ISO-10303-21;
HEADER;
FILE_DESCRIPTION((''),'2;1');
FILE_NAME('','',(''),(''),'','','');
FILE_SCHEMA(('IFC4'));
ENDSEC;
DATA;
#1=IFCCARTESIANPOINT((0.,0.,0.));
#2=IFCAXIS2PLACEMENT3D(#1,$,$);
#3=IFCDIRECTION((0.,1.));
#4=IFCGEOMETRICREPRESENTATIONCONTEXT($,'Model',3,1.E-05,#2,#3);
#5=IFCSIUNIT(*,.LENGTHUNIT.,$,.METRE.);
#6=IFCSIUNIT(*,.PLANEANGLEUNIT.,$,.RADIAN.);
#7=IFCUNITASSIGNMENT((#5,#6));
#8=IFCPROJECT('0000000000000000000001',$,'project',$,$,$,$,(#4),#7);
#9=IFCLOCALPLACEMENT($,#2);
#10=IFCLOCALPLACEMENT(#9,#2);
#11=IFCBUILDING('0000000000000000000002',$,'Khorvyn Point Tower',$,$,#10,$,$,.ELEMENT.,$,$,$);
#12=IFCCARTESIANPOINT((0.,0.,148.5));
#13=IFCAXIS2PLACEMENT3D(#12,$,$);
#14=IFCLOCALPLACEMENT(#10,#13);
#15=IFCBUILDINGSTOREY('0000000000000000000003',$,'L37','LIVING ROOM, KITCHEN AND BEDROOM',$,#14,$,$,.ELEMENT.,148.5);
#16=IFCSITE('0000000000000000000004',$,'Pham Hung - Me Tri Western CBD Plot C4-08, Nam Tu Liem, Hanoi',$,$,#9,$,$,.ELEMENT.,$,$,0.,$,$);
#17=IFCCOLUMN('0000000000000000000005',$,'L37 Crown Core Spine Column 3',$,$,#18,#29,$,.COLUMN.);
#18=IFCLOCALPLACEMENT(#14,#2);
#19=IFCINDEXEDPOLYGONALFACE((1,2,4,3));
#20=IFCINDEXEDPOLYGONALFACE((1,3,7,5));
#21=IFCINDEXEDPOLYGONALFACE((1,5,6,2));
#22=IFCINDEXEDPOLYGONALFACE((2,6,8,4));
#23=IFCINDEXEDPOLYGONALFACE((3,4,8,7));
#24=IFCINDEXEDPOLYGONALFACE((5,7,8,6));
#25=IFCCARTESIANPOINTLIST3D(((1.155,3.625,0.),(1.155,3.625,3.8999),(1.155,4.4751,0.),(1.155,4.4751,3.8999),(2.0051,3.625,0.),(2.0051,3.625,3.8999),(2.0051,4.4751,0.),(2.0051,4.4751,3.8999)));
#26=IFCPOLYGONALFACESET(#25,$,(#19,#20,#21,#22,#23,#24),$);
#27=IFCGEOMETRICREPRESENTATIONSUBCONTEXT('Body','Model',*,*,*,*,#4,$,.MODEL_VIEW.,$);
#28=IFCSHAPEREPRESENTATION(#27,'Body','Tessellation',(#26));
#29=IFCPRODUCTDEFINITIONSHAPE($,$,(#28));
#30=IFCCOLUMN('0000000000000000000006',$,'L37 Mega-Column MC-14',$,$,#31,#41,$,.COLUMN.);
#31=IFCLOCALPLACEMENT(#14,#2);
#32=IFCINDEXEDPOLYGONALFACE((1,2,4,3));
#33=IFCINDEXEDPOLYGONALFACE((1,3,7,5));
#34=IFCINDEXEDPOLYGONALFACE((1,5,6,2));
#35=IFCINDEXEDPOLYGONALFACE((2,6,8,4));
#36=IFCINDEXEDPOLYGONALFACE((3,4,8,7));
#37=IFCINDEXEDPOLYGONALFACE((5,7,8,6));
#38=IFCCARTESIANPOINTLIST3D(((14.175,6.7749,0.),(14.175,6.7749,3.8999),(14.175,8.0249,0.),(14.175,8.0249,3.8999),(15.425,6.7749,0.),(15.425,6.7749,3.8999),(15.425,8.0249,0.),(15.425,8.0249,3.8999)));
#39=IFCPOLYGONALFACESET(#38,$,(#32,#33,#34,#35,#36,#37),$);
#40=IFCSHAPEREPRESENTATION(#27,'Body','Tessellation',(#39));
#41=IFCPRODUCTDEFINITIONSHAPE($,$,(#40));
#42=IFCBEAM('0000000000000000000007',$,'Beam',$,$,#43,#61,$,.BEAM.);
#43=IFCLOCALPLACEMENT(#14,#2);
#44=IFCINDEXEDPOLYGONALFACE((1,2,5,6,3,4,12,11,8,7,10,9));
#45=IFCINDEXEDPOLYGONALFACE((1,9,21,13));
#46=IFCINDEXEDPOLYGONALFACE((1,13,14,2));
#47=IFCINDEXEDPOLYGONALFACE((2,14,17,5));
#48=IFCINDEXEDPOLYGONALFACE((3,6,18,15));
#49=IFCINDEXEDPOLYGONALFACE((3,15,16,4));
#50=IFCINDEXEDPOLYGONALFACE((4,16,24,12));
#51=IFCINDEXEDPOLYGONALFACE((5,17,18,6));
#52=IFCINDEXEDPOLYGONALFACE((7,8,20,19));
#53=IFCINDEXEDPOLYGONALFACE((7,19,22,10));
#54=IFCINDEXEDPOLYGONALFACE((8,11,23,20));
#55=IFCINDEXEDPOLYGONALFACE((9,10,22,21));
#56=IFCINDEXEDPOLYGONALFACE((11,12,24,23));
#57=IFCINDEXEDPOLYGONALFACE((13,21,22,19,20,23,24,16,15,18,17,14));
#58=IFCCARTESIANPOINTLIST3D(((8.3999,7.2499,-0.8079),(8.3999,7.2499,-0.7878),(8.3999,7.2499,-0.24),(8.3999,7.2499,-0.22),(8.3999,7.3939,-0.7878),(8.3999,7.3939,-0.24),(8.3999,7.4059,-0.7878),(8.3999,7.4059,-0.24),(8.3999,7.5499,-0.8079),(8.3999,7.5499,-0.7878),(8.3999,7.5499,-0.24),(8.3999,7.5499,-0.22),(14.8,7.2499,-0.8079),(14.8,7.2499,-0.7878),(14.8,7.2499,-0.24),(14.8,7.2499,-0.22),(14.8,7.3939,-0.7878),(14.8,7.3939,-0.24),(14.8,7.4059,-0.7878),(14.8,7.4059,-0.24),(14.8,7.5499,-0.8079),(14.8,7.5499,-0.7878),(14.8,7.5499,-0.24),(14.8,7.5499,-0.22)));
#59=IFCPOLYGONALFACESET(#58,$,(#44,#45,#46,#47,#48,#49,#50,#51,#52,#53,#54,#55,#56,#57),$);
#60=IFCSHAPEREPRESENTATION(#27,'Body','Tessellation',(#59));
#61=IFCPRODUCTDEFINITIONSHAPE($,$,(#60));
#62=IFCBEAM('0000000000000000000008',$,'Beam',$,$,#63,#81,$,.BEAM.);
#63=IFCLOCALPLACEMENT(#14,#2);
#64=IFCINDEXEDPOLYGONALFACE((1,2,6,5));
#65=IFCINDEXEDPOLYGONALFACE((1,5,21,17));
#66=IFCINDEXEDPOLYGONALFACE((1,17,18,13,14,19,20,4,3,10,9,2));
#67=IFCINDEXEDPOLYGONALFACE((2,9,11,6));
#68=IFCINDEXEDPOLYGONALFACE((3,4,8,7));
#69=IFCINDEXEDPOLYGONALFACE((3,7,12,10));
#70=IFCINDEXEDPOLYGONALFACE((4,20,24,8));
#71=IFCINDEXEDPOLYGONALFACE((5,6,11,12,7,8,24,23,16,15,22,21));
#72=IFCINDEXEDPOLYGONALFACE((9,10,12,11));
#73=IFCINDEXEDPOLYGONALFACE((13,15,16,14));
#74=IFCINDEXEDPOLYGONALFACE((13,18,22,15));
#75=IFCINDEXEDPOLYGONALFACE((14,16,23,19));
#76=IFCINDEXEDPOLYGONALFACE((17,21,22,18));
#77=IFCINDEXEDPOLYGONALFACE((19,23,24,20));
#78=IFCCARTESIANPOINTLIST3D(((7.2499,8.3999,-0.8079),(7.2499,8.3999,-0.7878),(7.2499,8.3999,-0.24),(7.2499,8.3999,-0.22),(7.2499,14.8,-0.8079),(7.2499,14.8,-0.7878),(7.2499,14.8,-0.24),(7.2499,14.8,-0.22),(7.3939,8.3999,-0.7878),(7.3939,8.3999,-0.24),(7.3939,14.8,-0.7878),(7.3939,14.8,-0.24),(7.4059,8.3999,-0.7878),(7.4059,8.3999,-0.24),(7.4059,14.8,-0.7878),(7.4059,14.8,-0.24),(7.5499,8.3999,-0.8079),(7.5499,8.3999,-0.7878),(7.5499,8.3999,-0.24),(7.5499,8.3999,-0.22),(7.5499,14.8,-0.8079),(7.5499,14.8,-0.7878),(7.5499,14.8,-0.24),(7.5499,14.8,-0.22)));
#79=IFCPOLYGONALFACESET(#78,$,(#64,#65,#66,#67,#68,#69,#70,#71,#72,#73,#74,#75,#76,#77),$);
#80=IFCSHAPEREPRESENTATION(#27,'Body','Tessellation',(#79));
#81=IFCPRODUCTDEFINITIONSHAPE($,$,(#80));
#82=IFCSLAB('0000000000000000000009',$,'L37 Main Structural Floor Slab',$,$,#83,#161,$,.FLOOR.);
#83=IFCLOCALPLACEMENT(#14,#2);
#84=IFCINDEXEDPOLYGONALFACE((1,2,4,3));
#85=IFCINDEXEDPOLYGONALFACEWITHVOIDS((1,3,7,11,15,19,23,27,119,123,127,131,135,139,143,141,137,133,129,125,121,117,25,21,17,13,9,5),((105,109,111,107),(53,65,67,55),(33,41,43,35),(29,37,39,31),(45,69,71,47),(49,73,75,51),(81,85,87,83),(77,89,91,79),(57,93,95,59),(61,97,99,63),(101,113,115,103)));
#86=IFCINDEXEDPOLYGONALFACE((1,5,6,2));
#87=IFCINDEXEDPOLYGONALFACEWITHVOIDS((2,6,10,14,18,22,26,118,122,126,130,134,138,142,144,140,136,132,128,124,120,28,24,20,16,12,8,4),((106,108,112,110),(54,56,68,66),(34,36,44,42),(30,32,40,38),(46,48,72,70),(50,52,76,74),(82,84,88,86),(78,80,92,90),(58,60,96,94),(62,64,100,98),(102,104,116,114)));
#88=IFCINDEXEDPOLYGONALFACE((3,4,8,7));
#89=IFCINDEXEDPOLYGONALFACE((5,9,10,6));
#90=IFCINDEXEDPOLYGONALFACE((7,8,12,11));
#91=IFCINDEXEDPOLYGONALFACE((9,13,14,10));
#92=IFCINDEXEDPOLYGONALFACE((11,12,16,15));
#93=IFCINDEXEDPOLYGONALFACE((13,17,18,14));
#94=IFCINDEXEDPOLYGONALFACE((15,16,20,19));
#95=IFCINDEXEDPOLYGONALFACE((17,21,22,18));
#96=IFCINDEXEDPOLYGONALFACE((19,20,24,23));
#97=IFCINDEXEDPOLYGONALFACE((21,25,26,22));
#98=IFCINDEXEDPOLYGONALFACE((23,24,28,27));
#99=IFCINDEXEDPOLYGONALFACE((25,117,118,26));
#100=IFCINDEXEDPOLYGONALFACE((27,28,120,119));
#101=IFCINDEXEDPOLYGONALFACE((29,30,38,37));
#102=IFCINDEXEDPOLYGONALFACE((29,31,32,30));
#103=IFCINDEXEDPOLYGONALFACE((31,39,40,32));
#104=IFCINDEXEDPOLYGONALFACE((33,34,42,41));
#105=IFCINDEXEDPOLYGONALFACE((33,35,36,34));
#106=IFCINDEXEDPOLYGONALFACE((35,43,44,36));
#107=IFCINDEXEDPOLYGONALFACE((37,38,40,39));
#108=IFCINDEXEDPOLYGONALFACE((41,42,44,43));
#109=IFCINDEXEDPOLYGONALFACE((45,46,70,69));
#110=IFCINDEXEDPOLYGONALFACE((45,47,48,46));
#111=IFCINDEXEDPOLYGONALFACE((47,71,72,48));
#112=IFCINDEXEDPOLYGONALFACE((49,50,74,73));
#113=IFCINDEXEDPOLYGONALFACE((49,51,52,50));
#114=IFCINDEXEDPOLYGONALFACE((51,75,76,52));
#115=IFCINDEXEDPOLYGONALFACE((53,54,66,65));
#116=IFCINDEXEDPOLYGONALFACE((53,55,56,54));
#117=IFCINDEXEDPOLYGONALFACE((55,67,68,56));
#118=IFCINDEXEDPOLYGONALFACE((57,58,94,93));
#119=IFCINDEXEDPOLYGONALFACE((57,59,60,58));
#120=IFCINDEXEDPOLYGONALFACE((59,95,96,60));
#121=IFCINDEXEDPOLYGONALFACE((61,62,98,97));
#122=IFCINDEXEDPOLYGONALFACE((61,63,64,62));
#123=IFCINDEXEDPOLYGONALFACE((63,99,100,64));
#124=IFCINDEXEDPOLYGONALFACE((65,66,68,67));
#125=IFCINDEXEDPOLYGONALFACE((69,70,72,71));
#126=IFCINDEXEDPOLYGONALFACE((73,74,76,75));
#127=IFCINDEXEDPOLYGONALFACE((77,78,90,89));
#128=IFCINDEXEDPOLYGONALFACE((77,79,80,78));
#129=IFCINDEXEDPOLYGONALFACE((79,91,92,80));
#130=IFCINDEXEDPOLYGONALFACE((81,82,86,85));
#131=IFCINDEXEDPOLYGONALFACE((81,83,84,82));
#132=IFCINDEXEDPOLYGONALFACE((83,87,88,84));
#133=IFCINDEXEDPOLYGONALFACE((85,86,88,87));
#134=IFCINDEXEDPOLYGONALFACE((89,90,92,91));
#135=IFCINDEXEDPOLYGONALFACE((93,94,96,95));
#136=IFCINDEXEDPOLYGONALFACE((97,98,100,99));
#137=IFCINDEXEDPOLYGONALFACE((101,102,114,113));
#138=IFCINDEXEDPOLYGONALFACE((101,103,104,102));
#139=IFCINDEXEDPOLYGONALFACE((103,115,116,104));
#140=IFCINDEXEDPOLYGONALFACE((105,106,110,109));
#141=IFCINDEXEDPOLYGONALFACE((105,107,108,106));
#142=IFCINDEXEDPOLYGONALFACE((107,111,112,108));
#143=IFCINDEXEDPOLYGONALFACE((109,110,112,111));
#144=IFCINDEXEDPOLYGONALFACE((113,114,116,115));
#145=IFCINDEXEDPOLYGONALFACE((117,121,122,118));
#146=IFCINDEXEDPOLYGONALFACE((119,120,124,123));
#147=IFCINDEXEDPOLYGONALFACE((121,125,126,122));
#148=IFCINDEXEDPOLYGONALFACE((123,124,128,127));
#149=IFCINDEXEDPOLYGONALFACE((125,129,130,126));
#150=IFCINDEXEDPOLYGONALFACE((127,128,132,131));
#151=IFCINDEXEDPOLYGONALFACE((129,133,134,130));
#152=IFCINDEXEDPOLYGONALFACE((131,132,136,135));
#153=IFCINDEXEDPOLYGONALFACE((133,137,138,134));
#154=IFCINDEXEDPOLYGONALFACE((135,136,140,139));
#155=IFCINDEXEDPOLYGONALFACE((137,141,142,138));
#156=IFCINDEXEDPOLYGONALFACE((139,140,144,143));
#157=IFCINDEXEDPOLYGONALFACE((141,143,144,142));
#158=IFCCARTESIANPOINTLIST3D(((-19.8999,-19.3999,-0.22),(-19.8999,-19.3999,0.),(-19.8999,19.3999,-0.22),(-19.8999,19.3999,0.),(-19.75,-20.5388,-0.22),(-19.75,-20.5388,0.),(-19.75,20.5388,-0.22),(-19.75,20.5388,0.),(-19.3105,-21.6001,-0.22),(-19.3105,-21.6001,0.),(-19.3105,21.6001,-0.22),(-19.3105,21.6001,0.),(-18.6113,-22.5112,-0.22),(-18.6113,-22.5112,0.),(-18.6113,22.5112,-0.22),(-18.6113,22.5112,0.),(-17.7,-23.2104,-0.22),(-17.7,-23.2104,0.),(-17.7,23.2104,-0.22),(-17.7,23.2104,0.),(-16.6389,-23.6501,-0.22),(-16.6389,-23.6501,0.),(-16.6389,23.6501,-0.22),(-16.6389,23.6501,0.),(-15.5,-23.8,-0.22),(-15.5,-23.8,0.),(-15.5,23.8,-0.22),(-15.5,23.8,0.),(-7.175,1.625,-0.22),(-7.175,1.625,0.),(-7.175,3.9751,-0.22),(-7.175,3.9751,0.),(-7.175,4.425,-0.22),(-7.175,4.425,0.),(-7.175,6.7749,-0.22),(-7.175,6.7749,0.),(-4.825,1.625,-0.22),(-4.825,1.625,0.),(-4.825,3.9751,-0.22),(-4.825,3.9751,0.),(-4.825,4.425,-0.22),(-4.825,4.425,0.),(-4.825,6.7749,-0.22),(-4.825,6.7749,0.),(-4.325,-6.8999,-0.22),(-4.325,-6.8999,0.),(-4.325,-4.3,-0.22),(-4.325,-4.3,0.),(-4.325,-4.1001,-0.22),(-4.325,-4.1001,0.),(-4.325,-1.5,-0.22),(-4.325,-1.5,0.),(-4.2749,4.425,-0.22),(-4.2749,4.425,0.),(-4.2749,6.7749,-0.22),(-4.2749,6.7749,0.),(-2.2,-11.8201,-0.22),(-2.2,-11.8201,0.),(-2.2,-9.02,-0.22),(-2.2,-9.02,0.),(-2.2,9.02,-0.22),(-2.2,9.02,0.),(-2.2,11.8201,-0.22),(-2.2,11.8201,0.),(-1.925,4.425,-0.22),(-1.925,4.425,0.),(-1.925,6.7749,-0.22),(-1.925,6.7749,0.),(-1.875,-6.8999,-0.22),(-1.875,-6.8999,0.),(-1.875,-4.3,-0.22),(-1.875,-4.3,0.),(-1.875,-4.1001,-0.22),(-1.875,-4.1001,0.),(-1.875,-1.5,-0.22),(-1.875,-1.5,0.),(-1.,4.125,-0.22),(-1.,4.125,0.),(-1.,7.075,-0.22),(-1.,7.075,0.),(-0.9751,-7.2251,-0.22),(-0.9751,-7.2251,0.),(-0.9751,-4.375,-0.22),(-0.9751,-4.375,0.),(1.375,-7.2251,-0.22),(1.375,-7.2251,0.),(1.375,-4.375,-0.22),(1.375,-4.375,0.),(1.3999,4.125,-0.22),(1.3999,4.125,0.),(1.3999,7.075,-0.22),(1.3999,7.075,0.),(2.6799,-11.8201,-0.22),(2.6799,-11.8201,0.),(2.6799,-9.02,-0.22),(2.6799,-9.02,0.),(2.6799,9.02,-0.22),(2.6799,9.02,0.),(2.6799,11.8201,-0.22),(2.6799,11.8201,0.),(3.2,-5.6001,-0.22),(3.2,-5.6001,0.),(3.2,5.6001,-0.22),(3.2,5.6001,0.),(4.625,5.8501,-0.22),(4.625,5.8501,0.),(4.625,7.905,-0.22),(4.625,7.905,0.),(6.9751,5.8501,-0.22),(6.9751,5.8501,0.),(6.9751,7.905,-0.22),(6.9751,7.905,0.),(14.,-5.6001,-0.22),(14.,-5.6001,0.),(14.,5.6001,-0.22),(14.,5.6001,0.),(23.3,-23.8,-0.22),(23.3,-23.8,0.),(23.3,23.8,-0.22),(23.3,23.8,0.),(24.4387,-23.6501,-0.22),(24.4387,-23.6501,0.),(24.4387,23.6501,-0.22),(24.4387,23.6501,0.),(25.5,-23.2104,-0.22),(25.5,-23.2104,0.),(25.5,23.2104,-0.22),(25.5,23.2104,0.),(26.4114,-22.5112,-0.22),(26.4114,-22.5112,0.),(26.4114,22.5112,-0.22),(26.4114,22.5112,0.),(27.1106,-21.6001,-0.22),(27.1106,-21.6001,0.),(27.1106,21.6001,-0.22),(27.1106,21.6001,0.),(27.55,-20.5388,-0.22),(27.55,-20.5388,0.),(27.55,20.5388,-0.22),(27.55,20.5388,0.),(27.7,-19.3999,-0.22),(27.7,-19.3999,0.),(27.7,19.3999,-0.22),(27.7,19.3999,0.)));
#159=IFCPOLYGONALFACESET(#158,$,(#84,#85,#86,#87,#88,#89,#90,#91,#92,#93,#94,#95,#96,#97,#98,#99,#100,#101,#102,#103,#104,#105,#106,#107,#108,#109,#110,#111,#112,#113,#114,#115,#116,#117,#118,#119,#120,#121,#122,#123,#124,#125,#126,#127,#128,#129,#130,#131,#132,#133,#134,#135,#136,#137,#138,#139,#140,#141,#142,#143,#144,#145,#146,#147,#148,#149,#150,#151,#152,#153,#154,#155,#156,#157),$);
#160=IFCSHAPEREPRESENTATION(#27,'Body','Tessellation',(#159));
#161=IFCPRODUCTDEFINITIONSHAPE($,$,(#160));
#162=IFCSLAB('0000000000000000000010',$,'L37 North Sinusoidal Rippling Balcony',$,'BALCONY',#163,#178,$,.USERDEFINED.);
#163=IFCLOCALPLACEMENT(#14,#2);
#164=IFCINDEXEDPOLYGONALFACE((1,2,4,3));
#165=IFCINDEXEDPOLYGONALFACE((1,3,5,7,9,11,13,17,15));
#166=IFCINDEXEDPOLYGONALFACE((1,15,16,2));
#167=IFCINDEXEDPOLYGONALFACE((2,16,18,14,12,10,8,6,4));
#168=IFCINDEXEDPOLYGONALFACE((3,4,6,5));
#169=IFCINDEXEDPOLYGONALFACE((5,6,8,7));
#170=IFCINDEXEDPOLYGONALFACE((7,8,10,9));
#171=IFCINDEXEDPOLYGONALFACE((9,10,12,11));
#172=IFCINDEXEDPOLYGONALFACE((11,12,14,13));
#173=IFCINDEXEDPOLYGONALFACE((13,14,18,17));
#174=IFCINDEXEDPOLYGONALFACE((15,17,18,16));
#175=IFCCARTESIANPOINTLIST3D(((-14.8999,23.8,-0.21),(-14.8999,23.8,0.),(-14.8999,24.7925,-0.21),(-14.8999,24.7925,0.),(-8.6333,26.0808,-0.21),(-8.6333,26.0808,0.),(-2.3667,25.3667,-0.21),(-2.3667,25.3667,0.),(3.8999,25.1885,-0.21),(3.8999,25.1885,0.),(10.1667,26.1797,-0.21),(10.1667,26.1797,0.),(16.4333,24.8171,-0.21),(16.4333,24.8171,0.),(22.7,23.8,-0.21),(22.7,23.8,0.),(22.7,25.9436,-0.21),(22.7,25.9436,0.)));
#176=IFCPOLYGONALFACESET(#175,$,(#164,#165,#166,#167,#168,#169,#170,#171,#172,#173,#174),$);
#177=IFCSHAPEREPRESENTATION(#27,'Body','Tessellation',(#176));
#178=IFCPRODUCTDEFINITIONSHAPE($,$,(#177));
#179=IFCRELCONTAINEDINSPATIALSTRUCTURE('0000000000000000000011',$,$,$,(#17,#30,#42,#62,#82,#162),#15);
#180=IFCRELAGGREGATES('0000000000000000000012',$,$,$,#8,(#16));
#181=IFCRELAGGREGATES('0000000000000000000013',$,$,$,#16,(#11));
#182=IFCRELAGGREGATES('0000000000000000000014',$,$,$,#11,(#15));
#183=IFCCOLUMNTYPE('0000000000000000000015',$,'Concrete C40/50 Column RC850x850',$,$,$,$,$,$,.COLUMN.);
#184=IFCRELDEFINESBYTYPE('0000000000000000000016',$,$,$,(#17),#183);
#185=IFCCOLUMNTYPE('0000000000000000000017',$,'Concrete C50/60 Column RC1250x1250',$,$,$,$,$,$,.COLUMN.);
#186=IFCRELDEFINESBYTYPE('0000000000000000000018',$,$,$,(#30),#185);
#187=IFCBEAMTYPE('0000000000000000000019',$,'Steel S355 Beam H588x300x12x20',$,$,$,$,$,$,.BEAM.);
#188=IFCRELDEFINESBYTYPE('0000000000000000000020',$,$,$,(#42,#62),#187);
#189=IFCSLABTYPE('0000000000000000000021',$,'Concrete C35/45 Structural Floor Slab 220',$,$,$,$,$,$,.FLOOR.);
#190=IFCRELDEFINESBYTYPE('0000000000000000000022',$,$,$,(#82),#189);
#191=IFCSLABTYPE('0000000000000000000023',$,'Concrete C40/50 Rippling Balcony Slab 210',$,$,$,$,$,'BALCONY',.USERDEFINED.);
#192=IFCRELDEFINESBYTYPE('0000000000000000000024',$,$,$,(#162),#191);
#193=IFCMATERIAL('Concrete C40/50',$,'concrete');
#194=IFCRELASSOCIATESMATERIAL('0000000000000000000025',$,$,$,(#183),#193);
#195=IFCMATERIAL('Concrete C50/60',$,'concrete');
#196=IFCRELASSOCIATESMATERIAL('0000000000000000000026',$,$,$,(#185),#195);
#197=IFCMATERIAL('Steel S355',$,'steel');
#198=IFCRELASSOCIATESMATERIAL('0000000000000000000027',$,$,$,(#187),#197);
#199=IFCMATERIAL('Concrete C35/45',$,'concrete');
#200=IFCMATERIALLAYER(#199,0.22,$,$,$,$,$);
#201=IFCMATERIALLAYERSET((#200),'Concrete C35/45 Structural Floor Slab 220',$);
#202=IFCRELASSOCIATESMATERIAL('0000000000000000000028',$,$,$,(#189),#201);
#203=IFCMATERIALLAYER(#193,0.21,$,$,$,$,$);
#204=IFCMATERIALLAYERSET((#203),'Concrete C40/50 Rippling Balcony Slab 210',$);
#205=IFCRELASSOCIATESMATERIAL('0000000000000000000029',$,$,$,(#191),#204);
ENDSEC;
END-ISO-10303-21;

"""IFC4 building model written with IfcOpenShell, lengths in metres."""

from ifc_helpers import new_model, si_unit, direction, frame, origin, origin_2d, place, context, subcontext, project, spatial, polyline, rectangle, i_section, outline, extrude, material, layer, layer_set, material_profile, profile_set, type_object, element, save


model = new_model("IFC4")

# Units and contexts
model_context = context("Model", 3, precision=1e-05, world=origin(), true_north=direction((0.0, 1.0)))
body_context = subcontext(model_context, "Body", "Model", "MODEL_VIEW")
ifc_project = project(units=[si_unit("LENGTHUNIT", "METRE"), si_unit("PLANEANGLEUNIT", "RADIAN")], contexts=[model_context])

# Site, building, storey
site_placement = place(None, origin())
site = spatial("IfcSite", under=ifc_project, at=site_placement, Name="Pham Hung - Me Tri Western CBD Plot C4-08, Nam Tu Liem, Hanoi", CompositionType="ELEMENT", RefElevation=0.0)
building_placement = place(site_placement, origin())
building = spatial("IfcBuilding", under=site, at=building_placement, Name="Khorvyn Point Tower", CompositionType="ELEMENT")
storey_placement = place(building_placement, frame((0.0, 0.0, 148.5)))
storey = spatial("IfcBuildingStorey", under=building, at=storey_placement, Name="L37", Description="LIVING ROOM, KITCHEN AND BEDROOM", CompositionType="ELEMENT", Elevation=148.5)

# Columns
ifc_material_1 = material(Name="Concrete C40/50", Category="concrete")
ifc_material_profile_1 = material_profile(ifc_material_1, rectangle(XDim=0.8501, YDim=0.8501, at=origin_2d()))
ifc_profile_set_1 = profile_set([ifc_material_profile_1], Name="Concrete C40/50 RC850x850")
column_type_1 = type_object("IfcColumnType", Name="Concrete C40/50 Column RC850x850", PredefinedType="COLUMN", material=ifc_profile_set_1)
column_1_placement = place(storey_placement, frame((1.5801, 4.05, 0.0), z_axis=(0.0, 0.0, 1.0), x_axis=(1.0, 0.0, 0.0)))
element("IfcColumn", 1, at=column_1_placement, inside=storey, type_object=column_type_1, Name="L37 Crown Core Spine Column 3", PredefinedType="COLUMN", context=body_context, shape_type="SweptSolid", body=[
    extrude(rectangle(XDim=0.8501, YDim=0.8501, at=origin_2d()), origin(), (0.0, 0.0, 1.0), 3.8999),
])
ifc_material_2 = material(Name="Concrete C50/60", Category="concrete")
ifc_material_profile_2 = material_profile(ifc_material_2, rectangle(XDim=1.25, YDim=1.25, at=origin_2d()))
ifc_profile_set_2 = profile_set([ifc_material_profile_2], Name="Concrete C50/60 RC1250x1250")
column_type_2 = type_object("IfcColumnType", Name="Concrete C50/60 Column RC1250x1250", PredefinedType="COLUMN", material=ifc_profile_set_2)
column_2_placement = place(storey_placement, frame((14.8, 7.3999, 0.0), z_axis=(0.0, 0.0, 1.0), x_axis=(1.0, 0.0, 0.0)))
element("IfcColumn", 2, at=column_2_placement, inside=storey, type_object=column_type_2, Name="L37 Mega-Column MC-14", PredefinedType="COLUMN", context=body_context, shape_type="SweptSolid", body=[
    extrude(rectangle(XDim=1.25, YDim=1.25, at=origin_2d()), origin(), (0.0, 0.0, 1.0), 3.8999),
])

# Beams
ifc_material_3 = material(Name="Steel S355", Category="steel")
ifc_material_profile_3 = material_profile(ifc_material_3, i_section(OverallWidth=0.3, OverallDepth=0.5879, WebThickness=0.012, FlangeThickness=0.02, at=origin_2d()))
ifc_profile_set_3 = profile_set([ifc_material_profile_3], Name="Steel S355 H588x300x12x20")
beam_type = type_object("IfcBeamType", Name="Steel S355 Beam H588x300x12x20", PredefinedType="BEAM", material=ifc_profile_set_3)
for number, where, z_axis, x_axis, name in (
    (3, (8.3999, 7.3999, -0.5139), (1.0, 0.0, 0.0), (0.0, 1.0, 0.0), "Beam"),
    (4, (7.3999, 8.3999, -0.5139), (0.0, 1.0, 0.0), (-1.0, 0.0, 0.0), "Beam"),
):
    element("IfcBeam", number, at=place(storey_placement, frame(where, z_axis=z_axis, x_axis=x_axis)), inside=storey, type_object=beam_type, Name=name, PredefinedType="BEAM", context=body_context, shape_type="SweptSolid", body=[
        extrude(i_section(OverallWidth=0.3, OverallDepth=0.5879, WebThickness=0.012, FlangeThickness=0.02, at=origin_2d()), origin(), (0.0, 0.0, 1.0), 6.4001),
    ])

# Slabs
ifc_material_4 = material(Name="Concrete C35/45", Category="concrete")
ifc_layer_1 = layer(ifc_material_4, 0.22)
ifc_layer_set_1 = layer_set([ifc_layer_1], Name="Concrete C35/45 Structural Floor Slab 220")
slab_type_1 = type_object("IfcSlabType", Name="Concrete C35/45 Structural Floor Slab 220", PredefinedType="FLOOR", material=ifc_layer_set_1)
slab_1_placement = place(storey_placement, frame((0.0, 0.0, -0.22)))
element("IfcSlab", 5, at=slab_1_placement, inside=storey, type_object=slab_type_1, Name="L37 Main Structural Floor Slab", PredefinedType="FLOOR", context=body_context, shape_type="SweptSolid", body=[
    extrude(outline(polyline([(-15.5, -23.8), (-16.6389, -23.6501), (-17.7, -23.2104), (-18.6113, -22.5112), (-19.3105, -21.6001), (-19.75, -20.5388), (-19.8999, -19.3999), (-19.8999, 19.3999), (-19.75, 20.5388), (-19.3105, 21.6001), (-18.6113, 22.5112), (-17.7, 23.2104), (-16.6389, 23.6501), (-15.5, 23.8), (23.3, 23.8), (24.4387, 23.6501), (25.5, 23.2104), (26.4114, 22.5112), (27.1106, 21.6001), (27.55, 20.5388), (27.7, 19.3999), (27.7, -19.3999), (27.55, -20.5388), (27.1106, -21.6001), (26.4114, -22.5112), (25.5, -23.2104), (24.4387, -23.6501), (23.3, -23.8), (-15.5, -23.8)]), holes=[polyline([(-1.875, -6.8999), (-1.875, -4.3), (-4.325, -4.3), (-4.325, -6.8999), (-1.875, -6.8999)]), polyline([(-1.875, -4.1001), (-1.875, -1.5), (-4.325, -1.5), (-4.325, -4.1001), (-1.875, -4.1001)]), polyline([(-4.825, 1.625), (-4.825, 3.9751), (-7.175, 3.9751), (-7.175, 1.625), (-4.825, 1.625)]), polyline([(-7.175, 4.425), (-4.825, 4.425), (-4.825, 6.7749), (-7.175, 6.7749), (-7.175, 4.425)]), polyline([(-4.2749, 4.425), (-1.925, 4.425), (-1.925, 6.7749), (-4.2749, 6.7749), (-4.2749, 4.425)]), polyline([(1.3999, 4.125), (1.3999, 7.075), (-1.0, 7.075), (-1.0, 4.125), (1.3999, 4.125)]), polyline([(-2.2, -11.8201), (2.6799, -11.8201), (2.6799, -9.02), (-2.2, -9.02), (-2.2, -11.8201)]), polyline([(-0.9751, -7.2251), (1.375, -7.2251), (1.375, -4.375), (-0.9751, -4.375), (-0.9751, -7.2251)]), polyline([(14.0, -5.6001), (14.0, 5.6001), (3.2, 5.6001), (3.2, -5.6001), (14.0, -5.6001)]), polyline([(4.625, 5.8501), (6.9751, 5.8501), (6.9751, 7.905), (4.625, 7.905), (4.625, 5.8501)]), polyline([(-2.2, 9.02), (2.6799, 9.02), (2.6799, 11.8201), (-2.2, 11.8201), (-2.2, 9.02)])]), origin(), (0.0, 0.0, 1.0), 0.22),
])
ifc_layer_2 = layer(ifc_material_1, 0.21)
ifc_layer_set_2 = layer_set([ifc_layer_2], Name="Concrete C40/50 Rippling Balcony Slab 210")
slab_type_2 = type_object("IfcSlabType", Name="Concrete C40/50 Rippling Balcony Slab 210", ElementType="BALCONY", PredefinedType="USERDEFINED", material=ifc_layer_set_2)
slab_2_placement = place(storey_placement, frame((0.0, 0.0, -0.21)))
element("IfcSlab", 6, at=slab_2_placement, inside=storey, type_object=slab_type_2, Name="L37 North Sinusoidal Rippling Balcony", ObjectType="BALCONY", PredefinedType="USERDEFINED", context=body_context, shape_type="SweptSolid", body=[
    extrude(outline(polyline([(22.7, 23.8), (22.7, 25.9436), (16.4333, 24.8171), (10.1667, 26.1797), (3.8999, 25.1885), (-2.3667, 25.3667), (-8.6333, 26.0808), (-14.8999, 24.7925), (-14.8999, 23.8), (22.7, 23.8)])), origin(), (0.0, 0.0, 1.0), 0.21),
])

save(model, "model.ifc")
